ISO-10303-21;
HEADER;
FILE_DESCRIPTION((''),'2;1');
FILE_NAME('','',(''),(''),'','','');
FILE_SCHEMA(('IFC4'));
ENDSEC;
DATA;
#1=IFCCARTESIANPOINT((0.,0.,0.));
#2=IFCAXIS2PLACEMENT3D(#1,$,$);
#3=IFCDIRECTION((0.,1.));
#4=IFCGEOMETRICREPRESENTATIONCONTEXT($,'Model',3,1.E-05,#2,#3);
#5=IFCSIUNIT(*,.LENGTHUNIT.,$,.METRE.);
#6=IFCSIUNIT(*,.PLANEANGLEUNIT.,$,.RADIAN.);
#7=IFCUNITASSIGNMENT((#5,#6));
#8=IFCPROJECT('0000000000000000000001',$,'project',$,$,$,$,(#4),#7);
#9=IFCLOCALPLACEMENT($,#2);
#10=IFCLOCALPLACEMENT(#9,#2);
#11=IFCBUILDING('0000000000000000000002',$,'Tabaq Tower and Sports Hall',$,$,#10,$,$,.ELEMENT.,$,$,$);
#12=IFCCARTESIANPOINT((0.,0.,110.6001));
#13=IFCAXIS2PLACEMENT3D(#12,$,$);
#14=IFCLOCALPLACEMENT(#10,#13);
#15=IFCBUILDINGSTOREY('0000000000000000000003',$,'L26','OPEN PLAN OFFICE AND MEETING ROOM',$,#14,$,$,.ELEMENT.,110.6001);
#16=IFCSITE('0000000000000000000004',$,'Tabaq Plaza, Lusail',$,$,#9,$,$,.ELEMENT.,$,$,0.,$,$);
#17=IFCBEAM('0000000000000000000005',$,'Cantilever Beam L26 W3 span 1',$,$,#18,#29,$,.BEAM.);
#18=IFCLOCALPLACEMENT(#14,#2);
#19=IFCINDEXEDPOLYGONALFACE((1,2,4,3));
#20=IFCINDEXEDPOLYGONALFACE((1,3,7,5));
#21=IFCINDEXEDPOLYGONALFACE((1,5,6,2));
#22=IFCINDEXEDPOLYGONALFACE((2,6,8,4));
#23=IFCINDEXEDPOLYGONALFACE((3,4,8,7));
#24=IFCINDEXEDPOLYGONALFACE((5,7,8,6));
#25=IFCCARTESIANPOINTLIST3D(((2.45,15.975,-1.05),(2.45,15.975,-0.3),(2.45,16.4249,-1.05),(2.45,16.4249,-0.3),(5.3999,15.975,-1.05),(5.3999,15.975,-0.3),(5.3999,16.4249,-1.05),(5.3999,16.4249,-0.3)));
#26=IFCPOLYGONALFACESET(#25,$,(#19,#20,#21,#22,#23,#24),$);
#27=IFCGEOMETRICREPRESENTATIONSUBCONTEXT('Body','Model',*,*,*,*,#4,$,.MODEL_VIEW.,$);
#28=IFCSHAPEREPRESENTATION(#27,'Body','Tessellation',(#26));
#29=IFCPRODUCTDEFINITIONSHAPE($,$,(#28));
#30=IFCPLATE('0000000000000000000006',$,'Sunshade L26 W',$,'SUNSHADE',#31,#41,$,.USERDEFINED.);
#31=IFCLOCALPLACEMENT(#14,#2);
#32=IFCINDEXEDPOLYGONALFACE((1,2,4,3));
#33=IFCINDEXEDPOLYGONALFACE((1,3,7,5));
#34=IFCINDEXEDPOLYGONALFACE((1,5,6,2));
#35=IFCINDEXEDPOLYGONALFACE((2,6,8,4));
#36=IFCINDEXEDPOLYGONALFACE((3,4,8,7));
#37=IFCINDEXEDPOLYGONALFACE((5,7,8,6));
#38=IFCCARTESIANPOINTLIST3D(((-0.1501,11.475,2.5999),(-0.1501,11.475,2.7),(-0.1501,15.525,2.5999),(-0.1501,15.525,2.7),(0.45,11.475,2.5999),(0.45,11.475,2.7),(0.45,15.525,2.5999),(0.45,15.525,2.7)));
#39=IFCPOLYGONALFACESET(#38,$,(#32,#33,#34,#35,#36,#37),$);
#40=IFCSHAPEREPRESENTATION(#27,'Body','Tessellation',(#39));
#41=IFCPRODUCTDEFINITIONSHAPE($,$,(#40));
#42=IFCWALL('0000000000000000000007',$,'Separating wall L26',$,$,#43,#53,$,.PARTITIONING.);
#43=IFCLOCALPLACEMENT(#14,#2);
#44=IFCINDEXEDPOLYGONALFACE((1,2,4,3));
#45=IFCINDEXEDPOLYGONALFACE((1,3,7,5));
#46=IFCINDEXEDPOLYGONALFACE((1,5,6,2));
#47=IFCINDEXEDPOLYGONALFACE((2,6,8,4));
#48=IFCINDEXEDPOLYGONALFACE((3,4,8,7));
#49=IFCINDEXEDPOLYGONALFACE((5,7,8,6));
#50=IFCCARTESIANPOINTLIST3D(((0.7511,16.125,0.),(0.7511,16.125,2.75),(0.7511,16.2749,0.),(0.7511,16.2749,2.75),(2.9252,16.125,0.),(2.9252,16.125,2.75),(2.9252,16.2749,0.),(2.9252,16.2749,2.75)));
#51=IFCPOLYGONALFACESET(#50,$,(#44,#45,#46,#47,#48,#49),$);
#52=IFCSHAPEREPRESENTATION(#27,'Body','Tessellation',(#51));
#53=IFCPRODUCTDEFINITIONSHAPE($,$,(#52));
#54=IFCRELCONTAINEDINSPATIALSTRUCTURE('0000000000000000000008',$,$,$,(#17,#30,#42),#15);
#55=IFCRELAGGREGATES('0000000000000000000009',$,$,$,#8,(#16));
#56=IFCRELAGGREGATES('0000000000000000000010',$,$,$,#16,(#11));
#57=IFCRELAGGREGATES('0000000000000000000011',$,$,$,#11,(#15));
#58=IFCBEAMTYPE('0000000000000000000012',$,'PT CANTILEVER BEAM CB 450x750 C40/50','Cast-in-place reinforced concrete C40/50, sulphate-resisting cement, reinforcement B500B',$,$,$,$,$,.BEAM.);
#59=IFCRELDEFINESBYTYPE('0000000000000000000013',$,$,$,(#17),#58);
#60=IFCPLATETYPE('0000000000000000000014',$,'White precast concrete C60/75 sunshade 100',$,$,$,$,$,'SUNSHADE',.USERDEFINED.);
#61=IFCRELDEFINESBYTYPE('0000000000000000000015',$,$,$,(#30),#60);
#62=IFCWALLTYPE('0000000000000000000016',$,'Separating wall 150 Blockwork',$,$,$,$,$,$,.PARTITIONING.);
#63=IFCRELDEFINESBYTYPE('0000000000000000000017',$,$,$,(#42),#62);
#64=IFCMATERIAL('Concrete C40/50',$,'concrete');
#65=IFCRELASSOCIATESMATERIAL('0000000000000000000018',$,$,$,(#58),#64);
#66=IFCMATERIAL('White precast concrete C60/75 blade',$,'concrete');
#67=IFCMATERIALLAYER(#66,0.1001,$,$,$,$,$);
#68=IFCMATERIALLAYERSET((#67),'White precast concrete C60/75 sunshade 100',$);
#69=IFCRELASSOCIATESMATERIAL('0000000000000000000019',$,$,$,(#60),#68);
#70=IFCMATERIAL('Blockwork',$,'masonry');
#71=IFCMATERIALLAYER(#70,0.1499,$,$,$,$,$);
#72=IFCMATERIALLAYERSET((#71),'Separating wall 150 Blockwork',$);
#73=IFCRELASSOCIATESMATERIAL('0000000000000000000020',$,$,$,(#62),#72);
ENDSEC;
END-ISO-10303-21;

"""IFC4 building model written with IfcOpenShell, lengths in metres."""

from ifc_helpers import new_model, si_unit, direction, frame, frame_2d, origin, origin_2d, place, context, subcontext, project, spatial, rectangle, extrude, material, layer, layer_set, material_profile, profile_set, type_object, element, save


model = new_model("IFC4")

# Units and contexts
model_context = context("Model", 3, precision=1e-05, world=origin(), true_north=direction((0.0, 1.0)))
body_context = subcontext(model_context, "Body", "Model", "MODEL_VIEW")
ifc_project = project(units=[si_unit("LENGTHUNIT", "METRE"), si_unit("PLANEANGLEUNIT", "RADIAN")], contexts=[model_context])

# Site, building, storey
site_placement = place(None, origin())
site = spatial("IfcSite", under=ifc_project, at=site_placement, Name="Tabaq Plaza, Lusail", CompositionType="ELEMENT", RefElevation=0.0)
building_placement = place(site_placement, origin())
building = spatial("IfcBuilding", under=site, at=building_placement, Name="Tabaq Tower and Sports Hall", CompositionType="ELEMENT")
storey_placement = place(building_placement, frame((0.0, 0.0, 110.6001)))
storey = spatial("IfcBuildingStorey", under=building, at=storey_placement, Name="L26", Description="OPEN PLAN OFFICE AND MEETING ROOM", CompositionType="ELEMENT", Elevation=110.6001)

# Beam
ifc_material_1 = material(Name="Concrete C40/50", Category="concrete")
ifc_material_profile = material_profile(ifc_material_1, rectangle(XDim=0.45, YDim=0.75, at=origin_2d()), Name="CB 450x750")
ifc_profile_set = profile_set([ifc_material_profile], Name="Concrete C40/50")
beam_type = type_object("IfcBeamType", Name="PT CANTILEVER BEAM CB 450x750 C40/50", Description="Cast-in-place reinforced concrete C40/50, sulphate-resisting cement, reinforcement B500B", PredefinedType="BEAM", material=ifc_profile_set)
beam_placement = place(storey_placement, frame((2.45, 16.2, -0.675), z_axis=(1.0, 0.0, 0.0), x_axis=(0.0, 1.0, 0.0)))
element("IfcBeam", 1, at=beam_placement, inside=storey, type_object=beam_type, Name="Cantilever Beam L26 W3 span 1", PredefinedType="BEAM", context=body_context, shape_type="SweptSolid", body=[
    extrude(rectangle(XDim=0.45, YDim=0.75, at=origin_2d()), origin(), (0.0, 0.0, 1.0), 2.95),
])

# Plate
ifc_material_2 = material(Name="White precast concrete C60/75 blade", Category="concrete")
ifc_layer_1 = layer(ifc_material_2, 0.1001)
ifc_layer_set_1 = layer_set([ifc_layer_1], Name="White precast concrete C60/75 sunshade 100")
plate_type = type_object("IfcPlateType", Name="White precast concrete C60/75 sunshade 100", ElementType="SUNSHADE", PredefinedType="USERDEFINED", material=ifc_layer_set_1)
plate_placement = place(storey_placement, frame((0.1499, 13.5, 2.5999), z_axis=(0.0, 0.0, 1.0), x_axis=(0.0, -1.0, 0.0)))
element("IfcPlate", 2, at=plate_placement, inside=storey, type_object=plate_type, Name="Sunshade L26 W", ObjectType="SUNSHADE", PredefinedType="USERDEFINED", context=body_context, shape_type="SweptSolid", body=[
    extrude(rectangle(XDim=4.05, YDim=0.6001, at=origin_2d()), origin(), (0.0, 0.0, 1.0), 0.1001),
])

# Wall
ifc_material_3 = material(Name="Blockwork", Category="masonry")
ifc_layer_2 = layer(ifc_material_3, 0.1499)
ifc_layer_set_2 = layer_set([ifc_layer_2], Name="Separating wall 150 Blockwork")
wall_type_1 = type_object("IfcWallType", Name="Separating wall 150 Blockwork", PredefinedType="PARTITIONING", material=ifc_layer_set_2)
wall_1_placement = place(storey_placement, frame((2.925, 16.2, 0.0), z_axis=(0.0, 0.0, 1.0), x_axis=(-1.0, 0.0, 0.0)))
element("IfcWall", 3, at=wall_1_placement, inside=storey, type_object=wall_type_1, Name="Separating wall L26", PredefinedType="PARTITIONING", context=body_context, shape_type="SweptSolid", body=[
    extrude(rectangle(XDim=2.1741, YDim=0.1499, at=frame_2d((1.0869, 0.0))), origin(), (0.0, 0.0, 1.0), 2.75),
])

save(model, "model.ifc")
